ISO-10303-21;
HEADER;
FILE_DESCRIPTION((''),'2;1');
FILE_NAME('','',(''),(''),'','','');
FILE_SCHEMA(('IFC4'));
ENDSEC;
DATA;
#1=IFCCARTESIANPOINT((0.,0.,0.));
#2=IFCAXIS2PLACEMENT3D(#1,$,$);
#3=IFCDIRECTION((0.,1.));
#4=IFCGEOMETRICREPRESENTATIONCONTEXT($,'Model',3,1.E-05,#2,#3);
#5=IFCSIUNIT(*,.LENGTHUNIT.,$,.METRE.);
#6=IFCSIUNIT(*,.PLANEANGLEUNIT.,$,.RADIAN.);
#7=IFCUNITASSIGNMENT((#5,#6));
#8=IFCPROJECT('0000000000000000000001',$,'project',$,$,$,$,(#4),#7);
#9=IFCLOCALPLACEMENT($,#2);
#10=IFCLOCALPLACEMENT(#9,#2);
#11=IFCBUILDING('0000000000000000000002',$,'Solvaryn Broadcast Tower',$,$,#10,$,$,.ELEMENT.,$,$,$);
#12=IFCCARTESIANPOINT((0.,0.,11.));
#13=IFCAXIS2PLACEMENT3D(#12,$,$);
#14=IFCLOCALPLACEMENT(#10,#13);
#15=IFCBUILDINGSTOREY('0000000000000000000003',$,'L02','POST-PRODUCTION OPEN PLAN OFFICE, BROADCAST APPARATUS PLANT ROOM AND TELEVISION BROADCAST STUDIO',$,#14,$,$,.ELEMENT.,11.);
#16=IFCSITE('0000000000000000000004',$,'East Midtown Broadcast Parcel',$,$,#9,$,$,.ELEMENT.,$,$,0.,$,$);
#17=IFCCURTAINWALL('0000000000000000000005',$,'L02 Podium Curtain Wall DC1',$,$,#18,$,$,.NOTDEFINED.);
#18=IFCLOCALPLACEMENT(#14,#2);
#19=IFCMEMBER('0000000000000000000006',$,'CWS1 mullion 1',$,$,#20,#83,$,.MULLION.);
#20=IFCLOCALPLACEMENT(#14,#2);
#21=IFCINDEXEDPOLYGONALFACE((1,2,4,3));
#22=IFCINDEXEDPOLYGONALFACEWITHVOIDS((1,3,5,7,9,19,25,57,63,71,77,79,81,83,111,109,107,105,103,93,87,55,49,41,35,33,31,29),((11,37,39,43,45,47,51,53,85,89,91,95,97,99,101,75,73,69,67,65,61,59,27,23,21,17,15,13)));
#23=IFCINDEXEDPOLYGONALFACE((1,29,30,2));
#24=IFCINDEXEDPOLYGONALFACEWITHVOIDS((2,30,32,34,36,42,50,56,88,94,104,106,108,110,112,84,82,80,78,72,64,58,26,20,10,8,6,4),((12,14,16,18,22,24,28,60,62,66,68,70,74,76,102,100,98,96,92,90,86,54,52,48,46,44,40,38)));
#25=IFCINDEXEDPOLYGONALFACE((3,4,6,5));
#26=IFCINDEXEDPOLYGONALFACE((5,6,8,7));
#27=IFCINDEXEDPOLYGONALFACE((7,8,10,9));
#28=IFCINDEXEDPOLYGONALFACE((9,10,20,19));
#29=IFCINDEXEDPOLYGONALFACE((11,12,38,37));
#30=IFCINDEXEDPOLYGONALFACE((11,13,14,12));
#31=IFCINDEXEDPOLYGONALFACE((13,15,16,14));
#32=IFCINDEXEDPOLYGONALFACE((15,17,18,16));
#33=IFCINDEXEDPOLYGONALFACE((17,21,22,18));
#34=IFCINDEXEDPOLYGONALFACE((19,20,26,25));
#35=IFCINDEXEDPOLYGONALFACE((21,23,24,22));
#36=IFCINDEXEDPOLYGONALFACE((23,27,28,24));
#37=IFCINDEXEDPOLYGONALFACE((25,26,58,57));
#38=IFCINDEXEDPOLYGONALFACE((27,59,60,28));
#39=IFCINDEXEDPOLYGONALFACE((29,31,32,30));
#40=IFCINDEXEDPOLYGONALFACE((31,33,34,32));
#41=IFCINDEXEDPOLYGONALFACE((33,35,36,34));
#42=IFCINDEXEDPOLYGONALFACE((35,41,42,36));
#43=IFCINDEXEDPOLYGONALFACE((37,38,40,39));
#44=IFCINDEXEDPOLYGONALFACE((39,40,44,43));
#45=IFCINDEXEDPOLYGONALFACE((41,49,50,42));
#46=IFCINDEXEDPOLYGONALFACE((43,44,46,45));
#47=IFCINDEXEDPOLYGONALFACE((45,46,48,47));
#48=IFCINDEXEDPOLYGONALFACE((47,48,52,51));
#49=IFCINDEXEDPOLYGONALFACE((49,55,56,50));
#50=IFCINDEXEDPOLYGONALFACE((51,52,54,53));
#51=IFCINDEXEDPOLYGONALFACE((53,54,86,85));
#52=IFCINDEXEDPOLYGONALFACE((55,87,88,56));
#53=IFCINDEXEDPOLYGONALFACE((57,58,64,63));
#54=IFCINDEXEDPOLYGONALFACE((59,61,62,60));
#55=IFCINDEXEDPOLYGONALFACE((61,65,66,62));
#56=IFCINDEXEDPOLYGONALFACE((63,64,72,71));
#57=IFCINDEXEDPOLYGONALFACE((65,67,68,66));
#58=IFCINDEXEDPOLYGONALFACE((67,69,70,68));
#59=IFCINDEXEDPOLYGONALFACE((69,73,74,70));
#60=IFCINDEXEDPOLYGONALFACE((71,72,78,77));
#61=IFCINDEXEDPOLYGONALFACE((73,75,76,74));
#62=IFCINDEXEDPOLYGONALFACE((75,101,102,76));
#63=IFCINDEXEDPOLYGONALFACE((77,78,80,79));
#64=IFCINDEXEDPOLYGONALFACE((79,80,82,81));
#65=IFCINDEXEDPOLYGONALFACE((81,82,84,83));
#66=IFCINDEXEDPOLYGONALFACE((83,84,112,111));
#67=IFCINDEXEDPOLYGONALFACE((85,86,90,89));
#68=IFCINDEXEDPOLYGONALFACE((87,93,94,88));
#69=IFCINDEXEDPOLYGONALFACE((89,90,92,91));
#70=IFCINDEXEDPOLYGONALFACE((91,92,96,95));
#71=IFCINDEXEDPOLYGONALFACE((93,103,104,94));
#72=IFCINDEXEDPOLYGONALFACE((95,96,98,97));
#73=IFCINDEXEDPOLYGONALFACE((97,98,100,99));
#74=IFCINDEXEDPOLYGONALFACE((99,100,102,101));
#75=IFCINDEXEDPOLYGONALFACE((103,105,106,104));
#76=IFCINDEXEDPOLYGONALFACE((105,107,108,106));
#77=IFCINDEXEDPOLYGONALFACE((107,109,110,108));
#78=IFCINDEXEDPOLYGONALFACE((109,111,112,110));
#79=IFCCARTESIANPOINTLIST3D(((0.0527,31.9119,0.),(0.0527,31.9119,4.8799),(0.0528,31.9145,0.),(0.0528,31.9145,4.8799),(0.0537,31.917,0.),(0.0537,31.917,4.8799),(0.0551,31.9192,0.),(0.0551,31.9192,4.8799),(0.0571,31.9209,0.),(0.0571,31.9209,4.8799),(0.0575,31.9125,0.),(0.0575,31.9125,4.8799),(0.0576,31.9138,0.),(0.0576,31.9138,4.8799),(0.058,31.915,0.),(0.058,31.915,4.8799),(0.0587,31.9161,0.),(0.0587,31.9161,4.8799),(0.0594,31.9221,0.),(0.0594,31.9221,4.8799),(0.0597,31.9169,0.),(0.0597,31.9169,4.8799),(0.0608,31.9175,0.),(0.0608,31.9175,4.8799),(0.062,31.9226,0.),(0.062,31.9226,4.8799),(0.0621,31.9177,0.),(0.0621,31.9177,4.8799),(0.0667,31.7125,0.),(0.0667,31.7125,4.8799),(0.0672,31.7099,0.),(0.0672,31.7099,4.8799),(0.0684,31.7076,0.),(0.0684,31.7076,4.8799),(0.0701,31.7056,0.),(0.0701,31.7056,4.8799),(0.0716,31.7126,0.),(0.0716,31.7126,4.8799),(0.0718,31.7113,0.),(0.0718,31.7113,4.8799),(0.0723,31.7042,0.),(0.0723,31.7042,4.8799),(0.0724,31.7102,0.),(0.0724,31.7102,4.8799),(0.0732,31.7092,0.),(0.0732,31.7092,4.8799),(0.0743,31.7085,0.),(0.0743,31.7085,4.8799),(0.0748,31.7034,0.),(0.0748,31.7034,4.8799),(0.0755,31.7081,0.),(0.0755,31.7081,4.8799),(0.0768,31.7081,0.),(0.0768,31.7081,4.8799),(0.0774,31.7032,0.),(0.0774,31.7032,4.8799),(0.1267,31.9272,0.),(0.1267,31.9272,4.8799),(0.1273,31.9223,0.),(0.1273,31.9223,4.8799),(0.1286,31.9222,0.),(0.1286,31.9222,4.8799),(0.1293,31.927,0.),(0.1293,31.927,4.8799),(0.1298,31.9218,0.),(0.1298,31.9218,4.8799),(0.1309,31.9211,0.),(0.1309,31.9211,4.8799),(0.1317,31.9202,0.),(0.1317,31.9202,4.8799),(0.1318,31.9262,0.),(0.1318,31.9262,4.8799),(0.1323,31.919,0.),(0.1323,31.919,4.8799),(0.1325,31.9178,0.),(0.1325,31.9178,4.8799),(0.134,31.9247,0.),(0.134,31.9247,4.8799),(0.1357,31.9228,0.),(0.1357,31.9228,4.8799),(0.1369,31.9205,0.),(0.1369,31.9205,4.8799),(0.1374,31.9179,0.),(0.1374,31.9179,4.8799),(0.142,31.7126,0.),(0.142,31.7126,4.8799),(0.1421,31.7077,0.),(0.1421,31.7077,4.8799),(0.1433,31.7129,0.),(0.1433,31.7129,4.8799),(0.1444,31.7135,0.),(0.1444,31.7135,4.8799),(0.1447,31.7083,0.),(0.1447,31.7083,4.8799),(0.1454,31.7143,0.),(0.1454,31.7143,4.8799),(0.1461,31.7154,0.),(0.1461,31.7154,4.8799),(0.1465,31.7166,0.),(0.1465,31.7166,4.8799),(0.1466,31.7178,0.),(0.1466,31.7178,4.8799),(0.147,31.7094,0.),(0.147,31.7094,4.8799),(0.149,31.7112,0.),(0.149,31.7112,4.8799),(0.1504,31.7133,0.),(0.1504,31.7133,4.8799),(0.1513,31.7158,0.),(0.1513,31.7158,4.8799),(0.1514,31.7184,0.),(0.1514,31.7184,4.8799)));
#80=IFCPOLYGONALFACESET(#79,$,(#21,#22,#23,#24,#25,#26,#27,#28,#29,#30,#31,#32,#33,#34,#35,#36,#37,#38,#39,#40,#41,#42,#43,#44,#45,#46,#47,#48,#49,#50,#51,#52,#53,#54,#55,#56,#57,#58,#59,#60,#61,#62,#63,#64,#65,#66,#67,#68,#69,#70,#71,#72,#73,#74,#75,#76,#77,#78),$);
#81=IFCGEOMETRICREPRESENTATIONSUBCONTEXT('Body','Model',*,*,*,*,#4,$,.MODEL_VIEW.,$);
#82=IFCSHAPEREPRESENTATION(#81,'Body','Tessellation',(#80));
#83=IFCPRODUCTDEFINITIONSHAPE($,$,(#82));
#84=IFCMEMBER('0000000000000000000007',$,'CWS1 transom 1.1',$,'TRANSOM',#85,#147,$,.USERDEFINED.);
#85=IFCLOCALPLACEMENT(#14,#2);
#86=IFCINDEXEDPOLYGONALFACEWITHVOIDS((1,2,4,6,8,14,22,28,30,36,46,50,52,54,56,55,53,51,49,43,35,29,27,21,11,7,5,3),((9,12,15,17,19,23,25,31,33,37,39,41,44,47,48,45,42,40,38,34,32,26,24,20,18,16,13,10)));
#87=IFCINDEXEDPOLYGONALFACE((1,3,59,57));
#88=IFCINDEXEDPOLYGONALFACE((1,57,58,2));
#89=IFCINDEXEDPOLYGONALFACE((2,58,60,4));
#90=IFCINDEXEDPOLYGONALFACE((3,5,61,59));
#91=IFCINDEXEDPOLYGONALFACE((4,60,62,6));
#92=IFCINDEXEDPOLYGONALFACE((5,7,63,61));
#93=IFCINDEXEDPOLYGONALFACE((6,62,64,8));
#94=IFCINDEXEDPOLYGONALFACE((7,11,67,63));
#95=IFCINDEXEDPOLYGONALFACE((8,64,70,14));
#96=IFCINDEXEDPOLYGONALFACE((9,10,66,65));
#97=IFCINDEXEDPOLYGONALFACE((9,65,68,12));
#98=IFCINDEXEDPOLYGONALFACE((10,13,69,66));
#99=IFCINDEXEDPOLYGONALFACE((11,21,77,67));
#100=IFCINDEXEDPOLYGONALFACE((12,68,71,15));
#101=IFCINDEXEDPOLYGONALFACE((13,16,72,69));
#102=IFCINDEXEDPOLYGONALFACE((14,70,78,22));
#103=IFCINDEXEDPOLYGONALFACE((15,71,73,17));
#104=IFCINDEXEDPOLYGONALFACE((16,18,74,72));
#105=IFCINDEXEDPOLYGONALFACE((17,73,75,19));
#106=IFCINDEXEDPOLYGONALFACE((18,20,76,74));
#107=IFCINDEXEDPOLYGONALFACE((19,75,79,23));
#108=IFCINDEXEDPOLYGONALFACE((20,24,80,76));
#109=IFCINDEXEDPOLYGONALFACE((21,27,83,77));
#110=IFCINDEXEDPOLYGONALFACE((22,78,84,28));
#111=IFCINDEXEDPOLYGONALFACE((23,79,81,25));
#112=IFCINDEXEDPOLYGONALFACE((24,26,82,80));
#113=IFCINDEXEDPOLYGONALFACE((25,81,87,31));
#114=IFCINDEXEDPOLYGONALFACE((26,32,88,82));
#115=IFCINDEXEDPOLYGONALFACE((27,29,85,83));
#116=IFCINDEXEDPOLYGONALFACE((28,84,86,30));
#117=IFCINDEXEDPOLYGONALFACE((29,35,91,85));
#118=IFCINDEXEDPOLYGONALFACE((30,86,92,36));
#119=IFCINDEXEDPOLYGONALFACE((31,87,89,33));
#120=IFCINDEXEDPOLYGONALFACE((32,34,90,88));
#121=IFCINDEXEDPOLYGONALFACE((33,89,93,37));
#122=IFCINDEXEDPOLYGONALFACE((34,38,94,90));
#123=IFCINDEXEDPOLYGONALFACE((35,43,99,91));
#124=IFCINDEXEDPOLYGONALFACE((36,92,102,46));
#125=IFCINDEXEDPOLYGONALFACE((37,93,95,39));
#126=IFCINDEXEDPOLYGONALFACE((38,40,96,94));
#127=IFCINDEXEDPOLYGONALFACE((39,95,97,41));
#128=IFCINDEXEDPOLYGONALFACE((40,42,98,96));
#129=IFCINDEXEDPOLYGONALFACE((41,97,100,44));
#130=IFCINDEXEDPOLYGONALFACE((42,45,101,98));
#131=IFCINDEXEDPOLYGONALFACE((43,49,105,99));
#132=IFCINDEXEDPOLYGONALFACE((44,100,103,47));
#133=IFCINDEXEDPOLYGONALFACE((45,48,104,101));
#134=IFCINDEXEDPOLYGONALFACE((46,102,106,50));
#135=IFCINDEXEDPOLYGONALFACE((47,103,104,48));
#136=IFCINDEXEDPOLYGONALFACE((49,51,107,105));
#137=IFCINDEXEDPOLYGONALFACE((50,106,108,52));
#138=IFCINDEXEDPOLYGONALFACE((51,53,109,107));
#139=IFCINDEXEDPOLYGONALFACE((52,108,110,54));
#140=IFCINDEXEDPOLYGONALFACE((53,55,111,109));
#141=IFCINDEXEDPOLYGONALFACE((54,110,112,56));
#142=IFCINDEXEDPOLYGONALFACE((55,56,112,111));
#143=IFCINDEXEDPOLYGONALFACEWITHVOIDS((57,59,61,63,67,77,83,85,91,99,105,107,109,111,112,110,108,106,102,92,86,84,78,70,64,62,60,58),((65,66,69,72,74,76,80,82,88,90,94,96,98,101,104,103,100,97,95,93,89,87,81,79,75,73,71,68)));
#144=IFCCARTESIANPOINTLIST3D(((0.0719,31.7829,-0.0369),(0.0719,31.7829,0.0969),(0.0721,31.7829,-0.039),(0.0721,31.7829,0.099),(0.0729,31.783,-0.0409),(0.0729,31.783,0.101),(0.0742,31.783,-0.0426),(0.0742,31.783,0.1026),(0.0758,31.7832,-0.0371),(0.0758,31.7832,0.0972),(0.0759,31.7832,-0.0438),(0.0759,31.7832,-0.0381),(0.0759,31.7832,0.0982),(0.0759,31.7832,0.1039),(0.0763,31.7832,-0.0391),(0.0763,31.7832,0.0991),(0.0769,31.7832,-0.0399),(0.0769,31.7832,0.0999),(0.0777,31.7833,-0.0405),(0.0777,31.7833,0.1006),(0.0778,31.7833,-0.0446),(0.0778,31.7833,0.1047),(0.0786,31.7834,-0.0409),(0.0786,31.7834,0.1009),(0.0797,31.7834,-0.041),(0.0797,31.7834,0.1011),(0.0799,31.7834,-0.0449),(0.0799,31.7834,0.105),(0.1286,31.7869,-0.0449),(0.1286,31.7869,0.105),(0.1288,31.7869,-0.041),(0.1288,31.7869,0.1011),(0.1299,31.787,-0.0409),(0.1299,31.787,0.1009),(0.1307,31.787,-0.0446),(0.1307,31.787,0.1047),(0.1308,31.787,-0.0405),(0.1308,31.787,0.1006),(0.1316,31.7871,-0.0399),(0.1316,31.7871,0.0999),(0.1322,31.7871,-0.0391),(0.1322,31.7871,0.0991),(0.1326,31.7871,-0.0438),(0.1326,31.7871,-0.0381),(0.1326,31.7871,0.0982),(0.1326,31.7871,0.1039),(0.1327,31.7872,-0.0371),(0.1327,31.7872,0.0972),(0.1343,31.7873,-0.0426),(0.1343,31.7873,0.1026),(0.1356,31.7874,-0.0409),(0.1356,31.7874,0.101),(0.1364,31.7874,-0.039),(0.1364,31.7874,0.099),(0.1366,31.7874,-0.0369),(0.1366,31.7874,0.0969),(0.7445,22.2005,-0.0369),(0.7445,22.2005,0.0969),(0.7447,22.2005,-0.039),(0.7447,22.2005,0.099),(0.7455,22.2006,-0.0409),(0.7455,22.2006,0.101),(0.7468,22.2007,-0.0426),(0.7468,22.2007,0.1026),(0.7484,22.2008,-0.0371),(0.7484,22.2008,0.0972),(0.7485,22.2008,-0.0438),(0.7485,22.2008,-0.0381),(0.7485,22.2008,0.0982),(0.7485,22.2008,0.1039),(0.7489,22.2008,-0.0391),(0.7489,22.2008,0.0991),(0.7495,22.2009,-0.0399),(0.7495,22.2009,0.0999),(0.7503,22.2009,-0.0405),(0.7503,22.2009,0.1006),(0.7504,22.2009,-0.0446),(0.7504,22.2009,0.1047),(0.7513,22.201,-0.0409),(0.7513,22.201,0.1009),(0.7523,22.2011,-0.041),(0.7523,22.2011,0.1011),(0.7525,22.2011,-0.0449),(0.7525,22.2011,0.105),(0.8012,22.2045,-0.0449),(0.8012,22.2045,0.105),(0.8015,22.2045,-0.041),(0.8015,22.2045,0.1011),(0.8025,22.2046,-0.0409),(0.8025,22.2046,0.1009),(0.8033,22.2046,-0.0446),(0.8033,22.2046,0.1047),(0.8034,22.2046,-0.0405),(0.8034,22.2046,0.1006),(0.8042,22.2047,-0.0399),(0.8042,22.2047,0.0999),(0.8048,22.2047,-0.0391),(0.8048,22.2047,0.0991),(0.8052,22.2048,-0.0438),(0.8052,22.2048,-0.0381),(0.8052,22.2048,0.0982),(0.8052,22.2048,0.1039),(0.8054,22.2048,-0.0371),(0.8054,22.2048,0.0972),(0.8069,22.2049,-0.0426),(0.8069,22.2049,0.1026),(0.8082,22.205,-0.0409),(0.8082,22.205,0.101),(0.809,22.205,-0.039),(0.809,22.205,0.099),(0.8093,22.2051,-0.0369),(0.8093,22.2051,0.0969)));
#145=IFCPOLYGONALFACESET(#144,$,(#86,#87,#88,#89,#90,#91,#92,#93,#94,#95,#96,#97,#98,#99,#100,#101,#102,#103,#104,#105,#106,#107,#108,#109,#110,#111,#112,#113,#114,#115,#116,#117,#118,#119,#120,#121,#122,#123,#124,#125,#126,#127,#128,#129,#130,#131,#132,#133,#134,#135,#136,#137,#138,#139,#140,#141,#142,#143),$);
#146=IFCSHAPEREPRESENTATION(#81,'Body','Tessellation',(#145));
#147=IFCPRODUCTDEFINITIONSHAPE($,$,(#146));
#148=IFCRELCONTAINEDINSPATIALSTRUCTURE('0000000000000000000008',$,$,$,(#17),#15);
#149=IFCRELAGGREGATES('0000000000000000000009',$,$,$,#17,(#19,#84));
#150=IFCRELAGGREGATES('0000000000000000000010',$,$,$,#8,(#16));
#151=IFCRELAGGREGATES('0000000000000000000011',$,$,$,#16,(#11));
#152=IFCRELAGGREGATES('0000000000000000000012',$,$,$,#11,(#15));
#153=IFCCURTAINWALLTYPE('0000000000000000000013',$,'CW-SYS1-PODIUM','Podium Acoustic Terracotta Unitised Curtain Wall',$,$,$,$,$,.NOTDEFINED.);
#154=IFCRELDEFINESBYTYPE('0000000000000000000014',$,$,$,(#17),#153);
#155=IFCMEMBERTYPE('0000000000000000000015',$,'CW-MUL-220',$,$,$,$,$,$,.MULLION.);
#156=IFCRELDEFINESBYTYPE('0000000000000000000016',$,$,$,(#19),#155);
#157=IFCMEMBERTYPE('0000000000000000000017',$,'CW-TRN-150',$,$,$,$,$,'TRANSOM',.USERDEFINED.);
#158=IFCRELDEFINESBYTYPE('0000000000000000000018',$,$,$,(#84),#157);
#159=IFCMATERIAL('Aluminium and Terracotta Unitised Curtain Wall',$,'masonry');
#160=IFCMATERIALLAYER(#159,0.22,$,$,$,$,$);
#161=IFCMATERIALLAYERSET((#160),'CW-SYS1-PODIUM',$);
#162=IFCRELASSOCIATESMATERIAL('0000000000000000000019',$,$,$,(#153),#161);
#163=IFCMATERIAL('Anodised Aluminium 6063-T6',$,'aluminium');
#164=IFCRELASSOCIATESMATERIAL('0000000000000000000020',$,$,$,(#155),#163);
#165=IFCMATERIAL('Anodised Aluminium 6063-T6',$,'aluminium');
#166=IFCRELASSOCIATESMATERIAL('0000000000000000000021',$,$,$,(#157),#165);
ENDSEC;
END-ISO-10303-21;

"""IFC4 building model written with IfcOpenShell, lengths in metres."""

from ifc_helpers import new_model, si_unit, direction, frame, origin, origin_2d, place, context, subcontext, project, spatial, hollow_rectangle, extrude, material, layer, layer_set, material_profile, profile_set, type_object, element, aggregate, save


model = new_model("IFC4")

# Units and contexts
model_context = context("Model", 3, precision=1e-05, world=origin(), true_north=direction((0.0, 1.0)))
body_context = subcontext(model_context, "Body", "Model", "MODEL_VIEW")
ifc_project = project(units=[si_unit("LENGTHUNIT", "METRE"), si_unit("PLANEANGLEUNIT", "RADIAN")], contexts=[model_context])

# Site, building, storey
site_placement = place(None, origin())
site = spatial("IfcSite", under=ifc_project, at=site_placement, Name="East Midtown Broadcast Parcel", CompositionType="ELEMENT", RefElevation=0.0)
building_placement = place(site_placement, origin())
building = spatial("IfcBuilding", under=site, at=building_placement, Name="Solvaryn Broadcast Tower", CompositionType="ELEMENT")
storey_placement = place(building_placement, frame((0.0, 0.0, 11.0)))
storey = spatial("IfcBuildingStorey", under=building, at=storey_placement, Name="L02", Description="POST-PRODUCTION OPEN PLAN OFFICE, BROADCAST APPARATUS PLANT ROOM AND TELEVISION BROADCAST STUDIO", CompositionType="ELEMENT", Elevation=11.0)

# Curtain wall, members
ifc_material_1 = material(Name="Aluminium and Terracotta Unitised Curtain Wall", Category="masonry")
ifc_layer_1 = layer(ifc_material_1, 0.22)
ifc_layer_set_1 = layer_set([ifc_layer_1], Name="CW-SYS1-PODIUM")
curtain_wall_type = type_object("IfcCurtainWallType", Name="CW-SYS1-PODIUM", Description="Podium Acoustic Terracotta Unitised Curtain Wall", PredefinedType="NOTDEFINED", material=ifc_layer_set_1)
curtain_wall_placement = place(storey_placement, origin())
curtain_wall = element("IfcCurtainWall", 1, at=curtain_wall_placement, inside=storey, type_object=curtain_wall_type, Name="L02 Podium Curtain Wall DC1", PredefinedType="NOTDEFINED")
ifc_material_2 = material(Name="Anodised Aluminium 6063-T6", Category="aluminium")
ifc_material_profile_1 = material_profile(ifc_material_2, hollow_rectangle(XDim=0.085, YDim=0.22, WallThickness=0.0049, InnerFilletRadius=0.0049, OuterFilletRadius=0.01, at=origin_2d()))
ifc_profile_set_1 = profile_set([ifc_material_profile_1], Name="Anodised Aluminium 6063-T6")
member_type_1 = type_object("IfcMemberType", Name="CW-MUL-220", PredefinedType="MULLION", material=ifc_profile_set_1)
member_1_placement = place(storey_placement, frame((0.1021, 31.8152, 0.0), z_axis=(0.0, 0.0, 1.0), x_axis=(0.997546, 0.070019, 0.0)))
member_1 = element("IfcMember", 2, at=member_1_placement, type_object=member_type_1, Name="CWS1 mullion 1", PredefinedType="MULLION", context=body_context, shape_type="SweptSolid", body=[
    extrude(hollow_rectangle(XDim=0.085, YDim=0.22, WallThickness=0.0049, InnerFilletRadius=0.0049, OuterFilletRadius=0.01, at=origin_2d()), origin(), (0.0, 0.0, 1.0), 4.8799),
])
ifc_material_3 = material(Name="Anodised Aluminium 6063-T6", Category="aluminium")
ifc_material_profile_2 = material_profile(ifc_material_3, hollow_rectangle(XDim=0.0649, YDim=0.1499, WallThickness=0.0039, InnerFilletRadius=0.0039, OuterFilletRadius=0.0081, at=origin_2d()))
ifc_profile_set_2 = profile_set([ifc_material_profile_2], Name="Anodised Aluminium 6063-T6")
member_type_2 = type_object("IfcMemberType", Name="CW-TRN-150", ElementType="TRANSOM", PredefinedType="USERDEFINED", material=ifc_profile_set_2)
member_2_placement = place(storey_placement, frame((0.1042, 31.7852, 0.03), z_axis=(0.070021, -0.997546, 0.0), x_axis=(0.997546, 0.070021, 0.0)))
member_2 = element("IfcMember", 3, at=member_2_placement, type_object=member_type_2, Name="CWS1 transom 1.1", ObjectType="TRANSOM", PredefinedType="USERDEFINED", context=body_context, shape_type="SweptSolid", body=[
    extrude(hollow_rectangle(XDim=0.0649, YDim=0.1499, WallThickness=0.0039, InnerFilletRadius=0.0039, OuterFilletRadius=0.0081, at=origin_2d()), origin(), (0.0, 0.0, 1.0), 9.606),
])
aggregate(curtain_wall, [member_1, member_2])

save(model, "model.ifc")
